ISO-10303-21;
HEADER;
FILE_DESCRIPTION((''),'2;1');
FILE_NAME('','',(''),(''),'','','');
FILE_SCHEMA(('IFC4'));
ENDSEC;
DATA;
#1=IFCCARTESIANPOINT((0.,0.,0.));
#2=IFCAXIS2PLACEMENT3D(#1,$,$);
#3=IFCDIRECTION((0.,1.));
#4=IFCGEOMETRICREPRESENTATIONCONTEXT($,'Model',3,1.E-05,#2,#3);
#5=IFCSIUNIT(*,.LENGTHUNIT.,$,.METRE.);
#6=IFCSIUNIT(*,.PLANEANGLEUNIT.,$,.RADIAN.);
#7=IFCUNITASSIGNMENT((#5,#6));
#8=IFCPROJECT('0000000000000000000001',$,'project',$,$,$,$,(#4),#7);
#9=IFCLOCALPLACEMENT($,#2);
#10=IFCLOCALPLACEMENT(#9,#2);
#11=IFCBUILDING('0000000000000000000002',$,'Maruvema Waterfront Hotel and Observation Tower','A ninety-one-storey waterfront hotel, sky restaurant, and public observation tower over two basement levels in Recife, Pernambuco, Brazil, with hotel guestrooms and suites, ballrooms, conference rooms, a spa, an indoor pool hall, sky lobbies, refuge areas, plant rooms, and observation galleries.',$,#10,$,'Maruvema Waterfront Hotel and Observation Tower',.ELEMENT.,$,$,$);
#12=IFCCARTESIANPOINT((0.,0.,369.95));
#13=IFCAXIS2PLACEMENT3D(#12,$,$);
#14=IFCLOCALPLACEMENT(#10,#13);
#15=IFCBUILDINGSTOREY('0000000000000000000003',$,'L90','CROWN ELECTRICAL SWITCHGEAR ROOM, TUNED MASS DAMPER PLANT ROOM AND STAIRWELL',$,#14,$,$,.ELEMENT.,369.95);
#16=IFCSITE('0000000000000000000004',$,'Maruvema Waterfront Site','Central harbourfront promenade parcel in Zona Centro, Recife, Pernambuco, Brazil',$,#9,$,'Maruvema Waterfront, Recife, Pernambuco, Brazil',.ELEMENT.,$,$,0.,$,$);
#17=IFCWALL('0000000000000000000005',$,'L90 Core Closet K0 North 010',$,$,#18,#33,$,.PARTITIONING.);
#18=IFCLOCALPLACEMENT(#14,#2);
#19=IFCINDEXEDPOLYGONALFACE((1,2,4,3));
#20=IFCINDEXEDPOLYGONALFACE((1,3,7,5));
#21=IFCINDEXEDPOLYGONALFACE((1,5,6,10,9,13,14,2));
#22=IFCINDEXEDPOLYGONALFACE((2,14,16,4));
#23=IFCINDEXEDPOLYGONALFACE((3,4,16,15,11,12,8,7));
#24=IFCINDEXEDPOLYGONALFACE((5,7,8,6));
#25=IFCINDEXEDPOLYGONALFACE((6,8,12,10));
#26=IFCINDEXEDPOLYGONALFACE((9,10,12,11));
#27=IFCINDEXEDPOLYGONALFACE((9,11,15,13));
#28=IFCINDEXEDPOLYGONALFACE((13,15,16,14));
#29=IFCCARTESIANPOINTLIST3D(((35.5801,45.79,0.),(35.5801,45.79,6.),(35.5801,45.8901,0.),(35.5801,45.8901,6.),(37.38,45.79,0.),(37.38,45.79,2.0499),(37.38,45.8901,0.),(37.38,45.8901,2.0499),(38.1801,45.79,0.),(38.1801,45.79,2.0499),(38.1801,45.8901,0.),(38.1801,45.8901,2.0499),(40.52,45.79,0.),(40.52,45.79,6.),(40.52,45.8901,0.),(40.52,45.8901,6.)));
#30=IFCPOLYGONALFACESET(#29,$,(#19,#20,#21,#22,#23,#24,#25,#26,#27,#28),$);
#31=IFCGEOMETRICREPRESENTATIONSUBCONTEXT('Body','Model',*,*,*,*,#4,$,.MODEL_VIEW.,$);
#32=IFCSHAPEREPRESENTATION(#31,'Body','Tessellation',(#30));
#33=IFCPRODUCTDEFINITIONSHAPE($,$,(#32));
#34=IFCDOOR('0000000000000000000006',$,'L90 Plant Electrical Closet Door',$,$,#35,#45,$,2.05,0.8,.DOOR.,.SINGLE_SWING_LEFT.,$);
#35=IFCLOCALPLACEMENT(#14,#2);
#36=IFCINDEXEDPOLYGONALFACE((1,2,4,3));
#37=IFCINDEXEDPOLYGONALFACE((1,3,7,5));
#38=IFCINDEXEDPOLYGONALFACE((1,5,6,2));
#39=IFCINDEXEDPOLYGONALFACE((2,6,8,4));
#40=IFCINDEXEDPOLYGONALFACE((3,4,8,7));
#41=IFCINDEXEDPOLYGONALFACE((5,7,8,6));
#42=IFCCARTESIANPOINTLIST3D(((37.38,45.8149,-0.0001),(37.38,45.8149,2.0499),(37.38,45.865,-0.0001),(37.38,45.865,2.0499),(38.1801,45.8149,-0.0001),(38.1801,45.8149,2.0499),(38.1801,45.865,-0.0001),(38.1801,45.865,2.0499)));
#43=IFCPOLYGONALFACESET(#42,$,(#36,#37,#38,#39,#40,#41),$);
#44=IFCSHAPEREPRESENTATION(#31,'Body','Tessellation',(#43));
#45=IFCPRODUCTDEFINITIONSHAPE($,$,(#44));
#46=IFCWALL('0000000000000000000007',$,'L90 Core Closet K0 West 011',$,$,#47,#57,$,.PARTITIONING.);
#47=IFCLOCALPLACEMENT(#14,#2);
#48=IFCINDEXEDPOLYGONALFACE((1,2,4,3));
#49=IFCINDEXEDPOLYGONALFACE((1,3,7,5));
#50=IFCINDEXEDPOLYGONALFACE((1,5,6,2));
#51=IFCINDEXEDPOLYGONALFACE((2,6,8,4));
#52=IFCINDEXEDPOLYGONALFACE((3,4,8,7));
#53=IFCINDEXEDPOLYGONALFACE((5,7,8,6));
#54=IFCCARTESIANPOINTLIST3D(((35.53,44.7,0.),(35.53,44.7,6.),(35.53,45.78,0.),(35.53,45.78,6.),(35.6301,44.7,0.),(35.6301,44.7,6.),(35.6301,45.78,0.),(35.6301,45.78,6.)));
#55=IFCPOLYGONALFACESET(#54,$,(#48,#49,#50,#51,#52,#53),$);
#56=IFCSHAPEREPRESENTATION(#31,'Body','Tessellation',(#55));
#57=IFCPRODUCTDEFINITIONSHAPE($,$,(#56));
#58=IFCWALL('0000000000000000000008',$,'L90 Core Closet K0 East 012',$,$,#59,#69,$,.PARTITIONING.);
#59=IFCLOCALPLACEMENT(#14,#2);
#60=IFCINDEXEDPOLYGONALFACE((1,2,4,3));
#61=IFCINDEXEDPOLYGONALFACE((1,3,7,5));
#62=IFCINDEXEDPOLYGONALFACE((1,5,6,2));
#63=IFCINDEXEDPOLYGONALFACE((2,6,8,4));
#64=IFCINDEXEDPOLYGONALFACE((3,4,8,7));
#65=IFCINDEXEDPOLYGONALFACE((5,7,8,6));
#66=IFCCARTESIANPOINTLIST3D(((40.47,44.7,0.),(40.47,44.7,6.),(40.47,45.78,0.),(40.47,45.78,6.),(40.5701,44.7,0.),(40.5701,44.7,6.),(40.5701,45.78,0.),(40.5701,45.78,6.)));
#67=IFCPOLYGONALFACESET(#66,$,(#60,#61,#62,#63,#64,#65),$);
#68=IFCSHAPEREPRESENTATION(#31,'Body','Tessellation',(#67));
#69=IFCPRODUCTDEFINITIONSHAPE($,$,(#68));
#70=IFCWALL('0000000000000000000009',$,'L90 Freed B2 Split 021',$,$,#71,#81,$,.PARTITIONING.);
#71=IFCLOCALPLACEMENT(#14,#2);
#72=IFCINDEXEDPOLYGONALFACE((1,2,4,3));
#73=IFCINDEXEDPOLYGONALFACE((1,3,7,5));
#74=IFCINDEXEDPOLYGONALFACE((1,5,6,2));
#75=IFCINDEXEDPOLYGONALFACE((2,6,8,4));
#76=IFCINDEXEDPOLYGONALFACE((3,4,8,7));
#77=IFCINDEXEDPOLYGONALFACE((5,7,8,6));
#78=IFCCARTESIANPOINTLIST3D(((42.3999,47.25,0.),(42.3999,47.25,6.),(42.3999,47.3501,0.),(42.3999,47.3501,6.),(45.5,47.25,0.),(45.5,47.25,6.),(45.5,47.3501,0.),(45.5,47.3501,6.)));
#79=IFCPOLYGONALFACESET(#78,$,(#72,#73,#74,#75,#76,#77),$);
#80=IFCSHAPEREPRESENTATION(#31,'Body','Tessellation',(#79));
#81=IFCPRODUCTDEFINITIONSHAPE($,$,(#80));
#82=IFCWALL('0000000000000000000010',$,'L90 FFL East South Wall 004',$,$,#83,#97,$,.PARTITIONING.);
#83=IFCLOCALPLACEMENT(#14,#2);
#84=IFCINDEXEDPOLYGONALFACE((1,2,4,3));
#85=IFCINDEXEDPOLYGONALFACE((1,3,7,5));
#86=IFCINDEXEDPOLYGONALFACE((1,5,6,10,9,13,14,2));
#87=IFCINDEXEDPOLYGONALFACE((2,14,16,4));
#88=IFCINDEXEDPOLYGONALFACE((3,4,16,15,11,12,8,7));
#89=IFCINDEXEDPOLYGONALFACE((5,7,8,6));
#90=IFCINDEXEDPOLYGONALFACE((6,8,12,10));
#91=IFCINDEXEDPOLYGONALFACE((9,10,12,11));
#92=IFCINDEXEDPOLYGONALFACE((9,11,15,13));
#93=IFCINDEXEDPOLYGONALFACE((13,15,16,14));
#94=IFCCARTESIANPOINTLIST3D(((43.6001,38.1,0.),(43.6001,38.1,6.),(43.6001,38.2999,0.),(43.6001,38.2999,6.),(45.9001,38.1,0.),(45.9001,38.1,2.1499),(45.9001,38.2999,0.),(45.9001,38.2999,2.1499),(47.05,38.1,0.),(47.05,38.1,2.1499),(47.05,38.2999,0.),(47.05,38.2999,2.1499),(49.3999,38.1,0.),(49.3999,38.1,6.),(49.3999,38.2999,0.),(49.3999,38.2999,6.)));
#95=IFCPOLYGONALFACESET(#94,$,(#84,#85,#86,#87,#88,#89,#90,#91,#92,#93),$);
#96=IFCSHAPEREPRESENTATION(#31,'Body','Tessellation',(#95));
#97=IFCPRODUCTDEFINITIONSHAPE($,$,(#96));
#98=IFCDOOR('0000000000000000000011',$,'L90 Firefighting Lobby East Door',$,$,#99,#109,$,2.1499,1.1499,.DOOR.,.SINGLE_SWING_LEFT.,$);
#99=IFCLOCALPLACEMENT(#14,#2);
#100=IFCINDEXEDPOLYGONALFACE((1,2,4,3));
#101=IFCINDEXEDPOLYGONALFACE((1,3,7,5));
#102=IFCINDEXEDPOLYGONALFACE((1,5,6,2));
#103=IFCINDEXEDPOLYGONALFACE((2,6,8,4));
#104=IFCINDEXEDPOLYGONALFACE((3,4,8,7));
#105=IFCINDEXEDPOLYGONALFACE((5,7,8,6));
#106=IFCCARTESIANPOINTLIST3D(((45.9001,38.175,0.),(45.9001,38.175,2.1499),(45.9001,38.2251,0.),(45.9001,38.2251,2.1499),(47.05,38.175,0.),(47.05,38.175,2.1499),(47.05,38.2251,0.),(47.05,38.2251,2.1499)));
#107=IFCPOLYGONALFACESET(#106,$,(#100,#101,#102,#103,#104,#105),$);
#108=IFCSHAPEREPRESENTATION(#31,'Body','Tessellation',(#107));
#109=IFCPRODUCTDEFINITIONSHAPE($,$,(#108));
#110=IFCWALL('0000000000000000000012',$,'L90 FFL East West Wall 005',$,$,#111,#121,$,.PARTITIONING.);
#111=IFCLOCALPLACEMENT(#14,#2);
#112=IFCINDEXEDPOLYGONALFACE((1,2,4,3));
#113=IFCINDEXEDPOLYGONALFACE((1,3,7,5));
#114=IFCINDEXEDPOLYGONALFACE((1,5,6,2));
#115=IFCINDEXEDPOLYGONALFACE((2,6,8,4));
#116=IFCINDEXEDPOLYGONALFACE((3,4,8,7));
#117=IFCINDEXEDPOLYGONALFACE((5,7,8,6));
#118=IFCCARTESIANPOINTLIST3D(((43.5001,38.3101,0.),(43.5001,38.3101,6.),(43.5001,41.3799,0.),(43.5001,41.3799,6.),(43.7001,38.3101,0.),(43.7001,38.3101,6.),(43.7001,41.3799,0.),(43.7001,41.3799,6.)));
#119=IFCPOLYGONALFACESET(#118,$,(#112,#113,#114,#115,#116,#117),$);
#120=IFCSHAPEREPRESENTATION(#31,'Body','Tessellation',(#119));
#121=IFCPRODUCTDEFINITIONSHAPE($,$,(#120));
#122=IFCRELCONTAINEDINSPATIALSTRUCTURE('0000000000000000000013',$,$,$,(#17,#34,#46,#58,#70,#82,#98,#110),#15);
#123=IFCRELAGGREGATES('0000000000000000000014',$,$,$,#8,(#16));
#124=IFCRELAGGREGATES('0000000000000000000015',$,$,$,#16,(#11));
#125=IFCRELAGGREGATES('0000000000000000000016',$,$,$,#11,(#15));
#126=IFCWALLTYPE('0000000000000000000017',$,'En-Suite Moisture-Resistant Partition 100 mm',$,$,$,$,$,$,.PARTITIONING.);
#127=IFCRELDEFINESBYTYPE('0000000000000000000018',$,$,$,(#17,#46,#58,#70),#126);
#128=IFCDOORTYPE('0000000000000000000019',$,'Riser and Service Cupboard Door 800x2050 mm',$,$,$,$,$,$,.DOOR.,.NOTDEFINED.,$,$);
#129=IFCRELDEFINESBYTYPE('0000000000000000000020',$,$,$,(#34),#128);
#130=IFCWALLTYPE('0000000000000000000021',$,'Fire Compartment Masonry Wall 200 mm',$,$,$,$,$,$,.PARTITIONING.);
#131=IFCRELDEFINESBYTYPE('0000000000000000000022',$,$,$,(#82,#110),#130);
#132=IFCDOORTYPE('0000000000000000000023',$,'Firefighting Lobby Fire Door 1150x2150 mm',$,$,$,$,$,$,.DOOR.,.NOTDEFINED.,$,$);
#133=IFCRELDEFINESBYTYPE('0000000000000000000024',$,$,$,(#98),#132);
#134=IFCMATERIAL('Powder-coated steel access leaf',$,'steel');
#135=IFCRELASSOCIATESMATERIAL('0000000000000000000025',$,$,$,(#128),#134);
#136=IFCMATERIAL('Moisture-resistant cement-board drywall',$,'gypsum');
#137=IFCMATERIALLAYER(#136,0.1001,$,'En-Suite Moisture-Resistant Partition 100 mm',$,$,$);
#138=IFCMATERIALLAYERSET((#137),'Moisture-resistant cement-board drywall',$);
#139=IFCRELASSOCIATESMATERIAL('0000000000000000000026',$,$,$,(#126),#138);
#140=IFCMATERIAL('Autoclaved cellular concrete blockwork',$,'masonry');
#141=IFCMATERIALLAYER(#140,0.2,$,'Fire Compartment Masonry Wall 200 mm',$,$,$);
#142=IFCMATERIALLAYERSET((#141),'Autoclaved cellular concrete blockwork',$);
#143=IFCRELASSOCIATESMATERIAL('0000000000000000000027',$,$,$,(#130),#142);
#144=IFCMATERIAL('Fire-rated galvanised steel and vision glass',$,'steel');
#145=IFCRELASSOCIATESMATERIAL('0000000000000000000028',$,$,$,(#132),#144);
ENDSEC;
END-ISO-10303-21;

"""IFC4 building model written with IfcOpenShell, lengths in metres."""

from ifc_helpers import new_model, si_unit, direction, frame, frame_2d, origin, place, context, subcontext, project, spatial, rectangle, extrude, material, layer, layer_set, type_object, element, fill, save


model = new_model("IFC4")

# Units and contexts
model_context = context("Model", 3, precision=1e-05, world=origin(), true_north=direction((0.0, 1.0)))
body_context = subcontext(model_context, "Body", "Model", "MODEL_VIEW")
ifc_project = project(units=[si_unit("LENGTHUNIT", "METRE"), si_unit("PLANEANGLEUNIT", "RADIAN")], contexts=[model_context])

# Site, building, storey
site_placement = place(None, origin())
site = spatial("IfcSite", under=ifc_project, at=site_placement, Name="Maruvema Waterfront Site", Description="Central harbourfront promenade parcel in Zona Centro, Recife, Pernambuco, Brazil", LongName="Maruvema Waterfront, Recife, Pernambuco, Brazil", CompositionType="ELEMENT", RefElevation=0.0)
building_placement = place(site_placement, origin())
building = spatial("IfcBuilding", under=site, at=building_placement, Name="Maruvema Waterfront Hotel and Observation Tower", Description="A ninety-one-storey waterfront hotel, sky restaurant, and public observation tower over two basement levels in Recife, Pernambuco, Brazil, with hotel guestrooms and suites, ballrooms, conference rooms, a spa, an indoor pool hall, sky lobbies, refuge areas, plant rooms, and observation galleries.", LongName="Maruvema Waterfront Hotel and Observation Tower", CompositionType="ELEMENT")
storey_placement = place(building_placement, frame((0.0, 0.0, 369.95)))
storey = spatial("IfcBuildingStorey", under=building, at=storey_placement, Name="L90", Description="CROWN ELECTRICAL SWITCHGEAR ROOM, TUNED MASS DAMPER PLANT ROOM AND STAIRWELL", CompositionType="ELEMENT", Elevation=369.95)

# Shared definitions
ifc_material_1 = material(Name="Powder-coated steel access leaf", Category="steel")
door_type_1 = type_object("IfcDoorType", Name="Riser and Service Cupboard Door 800x2050 mm", OperationType="NOTDEFINED", PredefinedType="DOOR", material=ifc_material_1)

# Wall, opening, door
ifc_material_2 = material(Name="Moisture-resistant cement-board drywall", Category="gypsum")
ifc_layer_1 = layer(ifc_material_2, 0.1001, Name="En-Suite Moisture-Resistant Partition 100 mm")
ifc_layer_set_1 = layer_set([ifc_layer_1], Name="Moisture-resistant cement-board drywall")
wall_type_1 = type_object("IfcWallType", Name="En-Suite Moisture-Resistant Partition 100 mm", PredefinedType="PARTITIONING", material=ifc_layer_set_1)
wall_1_placement = place(storey_placement, frame((35.5801, 45.8401, 0.0), z_axis=(0.0, 0.0, 1.0), x_axis=(1.0, 0.0, 0.0)))
wall_1 = element("IfcWall", 1, at=wall_1_placement, inside=storey, type_object=wall_type_1, Name="L90 Core Closet K0 North 010", PredefinedType="PARTITIONING", context=body_context, shape_type="SweptSolid", body=[
    extrude(rectangle(XDim=4.9399, YDim=0.1001, at=frame_2d((2.47, 0.0))), origin(), (0.0, 0.0, 1.0), 6.0),
])
opening_1_placement = place(wall_1_placement, frame((1.8, 0.0, 0.0)))
opening_1 = element("IfcOpeningElement", 2, at=opening_1_placement, cuts=wall_1, PredefinedType="OPENING", context=body_context, shape_type="SweptSolid", body=[
    extrude(rectangle(XDim=0.8, YDim=2.05, at=frame_2d((0.3999, 1.0249))), frame((0.0, 0.0601, 0.0), z_axis=(0.0, -1.0, 0.0), x_axis=(1.0, 0.0, 0.0)), (0.0, 0.0, 1.0), 0.1201),
])
door_1_placement = place(opening_1_placement, origin())
door_1 = element("IfcDoor", 3, at=door_1_placement, inside=storey, type_object=door_type_1, Name="L90 Plant Electrical Closet Door", OperationType="SINGLE_SWING_LEFT", OverallHeight=2.05, OverallWidth=0.8, PredefinedType="DOOR", context=body_context, shape_type="SweptSolid", body=[
    extrude(rectangle(XDim=0.8, YDim=2.05, at=frame_2d((0.3999, 1.0249))), frame((0.0, 0.0249, 0.0), z_axis=(0.0, -1.0, 0.0), x_axis=(1.0, 0.0, 0.0)), (0.0, 0.0, 1.0), 0.05),
])
fill(opening_1, door_1)

# Walls
for number, where, z_axis, x_axis, name in (
    (4, (35.5801, 44.7, 0.0), (0.0, 0.0, 1.0), (0.0, 1.0, 0.0), "L90 Core Closet K0 West 011"),
    (5, (40.52, 44.7, 0.0), (0.0, 0.0, 1.0), (0.0, 1.0, 0.0), "L90 Core Closet K0 East 012"),
):
    element("IfcWall", number, at=place(storey_placement, frame(where, z_axis=z_axis, x_axis=x_axis)), inside=storey, type_object=wall_type_1, Name=name, PredefinedType="PARTITIONING", context=body_context, shape_type="SweptSolid", body=[
        extrude(rectangle(XDim=1.0801, YDim=0.1001, at=frame_2d((0.54, 0.0))), origin(), (0.0, 0.0, 1.0), 6.0),
    ])
wall_2_placement = place(storey_placement, frame((42.3999, 47.3, 0.0), z_axis=(0.0, 0.0, 1.0), x_axis=(1.0, 0.0, 0.0)))
element("IfcWall", 6, at=wall_2_placement, inside=storey, type_object=wall_type_1, Name="L90 Freed B2 Split 021", PredefinedType="PARTITIONING", context=body_context, shape_type="SweptSolid", body=[
    extrude(rectangle(XDim=3.1001, YDim=0.1001, at=frame_2d((1.55, 0.0))), origin(), (0.0, 0.0, 1.0), 6.0),
])

# Wall, opening, door
ifc_material_3 = material(Name="Autoclaved cellular concrete blockwork", Category="masonry")
ifc_layer_2 = layer(ifc_material_3, 0.2, Name="Fire Compartment Masonry Wall 200 mm")
ifc_layer_set_2 = layer_set([ifc_layer_2], Name="Autoclaved cellular concrete blockwork")
wall_type_2 = type_object("IfcWallType", Name="Fire Compartment Masonry Wall 200 mm", PredefinedType="PARTITIONING", material=ifc_layer_set_2)
wall_3_placement = place(storey_placement, frame((43.6001, 38.2, 0.0), z_axis=(0.0, 0.0, 1.0), x_axis=(1.0, 0.0, 0.0)))
wall_3 = element("IfcWall", 7, at=wall_3_placement, inside=storey, type_object=wall_type_2, Name="L90 FFL East South Wall 004", PredefinedType="PARTITIONING", context=body_context, shape_type="SweptSolid", body=[
    extrude(rectangle(XDim=5.7998, YDim=0.2, at=frame_2d((2.8999, 0.0))), origin(), (0.0, 0.0, 1.0), 6.0),
])
opening_2_placement = place(wall_3_placement, frame((2.3, 0.0, 0.0)))
opening_2 = element("IfcOpeningElement", 8, at=opening_2_placement, cuts=wall_3, PredefinedType="OPENING", context=body_context, shape_type="SweptSolid", body=[
    extrude(rectangle(XDim=1.1499, YDim=2.1499, at=frame_2d((0.575, 1.075))), frame((0.0, 0.1099, 0.0), z_axis=(0.0, -1.0, 0.0), x_axis=(1.0, 0.0, 0.0)), (0.0, 0.0, 1.0), 0.22),
])
ifc_material_4 = material(Name="Fire-rated galvanised steel and vision glass", Category="steel")
door_type_2 = type_object("IfcDoorType", Name="Firefighting Lobby Fire Door 1150x2150 mm", OperationType="NOTDEFINED", PredefinedType="DOOR", material=ifc_material_4)
door_2_placement = place(opening_2_placement, frame((1.1499, 0.0, 0.0), z_axis=(0.0, 0.0, 1.0), x_axis=(-1.0, 0.0, 0.0)))
door_2 = element("IfcDoor", 9, at=door_2_placement, inside=storey, type_object=door_type_2, Name="L90 Firefighting Lobby East Door", OperationType="SINGLE_SWING_LEFT", OverallHeight=2.1499, OverallWidth=1.1499, PredefinedType="DOOR", context=body_context, shape_type="SweptSolid", body=[
    extrude(rectangle(XDim=1.1499, YDim=2.1499, at=frame_2d((0.575, 1.075))), frame((0.0, 0.0249, 0.0), z_axis=(0.0, -1.0, 0.0), x_axis=(1.0, 0.0, 0.0)), (0.0, 0.0, 1.0), 0.05),
])
fill(opening_2, door_2)

# Wall
wall_4_placement = place(storey_placement, frame((43.6001, 38.3101, 0.0), z_axis=(0.0, 0.0, 1.0), x_axis=(0.0, 1.0, 0.0)))
element("IfcWall", 10, at=wall_4_placement, inside=storey, type_object=wall_type_2, Name="L90 FFL East West Wall 005", PredefinedType="PARTITIONING", context=body_context, shape_type="SweptSolid", body=[
    extrude(rectangle(XDim=3.0698, YDim=0.2, at=frame_2d((1.5349, 0.0))), origin(), (0.0, 0.0, 1.0), 6.0),
])

save(model, "model.ifc")
